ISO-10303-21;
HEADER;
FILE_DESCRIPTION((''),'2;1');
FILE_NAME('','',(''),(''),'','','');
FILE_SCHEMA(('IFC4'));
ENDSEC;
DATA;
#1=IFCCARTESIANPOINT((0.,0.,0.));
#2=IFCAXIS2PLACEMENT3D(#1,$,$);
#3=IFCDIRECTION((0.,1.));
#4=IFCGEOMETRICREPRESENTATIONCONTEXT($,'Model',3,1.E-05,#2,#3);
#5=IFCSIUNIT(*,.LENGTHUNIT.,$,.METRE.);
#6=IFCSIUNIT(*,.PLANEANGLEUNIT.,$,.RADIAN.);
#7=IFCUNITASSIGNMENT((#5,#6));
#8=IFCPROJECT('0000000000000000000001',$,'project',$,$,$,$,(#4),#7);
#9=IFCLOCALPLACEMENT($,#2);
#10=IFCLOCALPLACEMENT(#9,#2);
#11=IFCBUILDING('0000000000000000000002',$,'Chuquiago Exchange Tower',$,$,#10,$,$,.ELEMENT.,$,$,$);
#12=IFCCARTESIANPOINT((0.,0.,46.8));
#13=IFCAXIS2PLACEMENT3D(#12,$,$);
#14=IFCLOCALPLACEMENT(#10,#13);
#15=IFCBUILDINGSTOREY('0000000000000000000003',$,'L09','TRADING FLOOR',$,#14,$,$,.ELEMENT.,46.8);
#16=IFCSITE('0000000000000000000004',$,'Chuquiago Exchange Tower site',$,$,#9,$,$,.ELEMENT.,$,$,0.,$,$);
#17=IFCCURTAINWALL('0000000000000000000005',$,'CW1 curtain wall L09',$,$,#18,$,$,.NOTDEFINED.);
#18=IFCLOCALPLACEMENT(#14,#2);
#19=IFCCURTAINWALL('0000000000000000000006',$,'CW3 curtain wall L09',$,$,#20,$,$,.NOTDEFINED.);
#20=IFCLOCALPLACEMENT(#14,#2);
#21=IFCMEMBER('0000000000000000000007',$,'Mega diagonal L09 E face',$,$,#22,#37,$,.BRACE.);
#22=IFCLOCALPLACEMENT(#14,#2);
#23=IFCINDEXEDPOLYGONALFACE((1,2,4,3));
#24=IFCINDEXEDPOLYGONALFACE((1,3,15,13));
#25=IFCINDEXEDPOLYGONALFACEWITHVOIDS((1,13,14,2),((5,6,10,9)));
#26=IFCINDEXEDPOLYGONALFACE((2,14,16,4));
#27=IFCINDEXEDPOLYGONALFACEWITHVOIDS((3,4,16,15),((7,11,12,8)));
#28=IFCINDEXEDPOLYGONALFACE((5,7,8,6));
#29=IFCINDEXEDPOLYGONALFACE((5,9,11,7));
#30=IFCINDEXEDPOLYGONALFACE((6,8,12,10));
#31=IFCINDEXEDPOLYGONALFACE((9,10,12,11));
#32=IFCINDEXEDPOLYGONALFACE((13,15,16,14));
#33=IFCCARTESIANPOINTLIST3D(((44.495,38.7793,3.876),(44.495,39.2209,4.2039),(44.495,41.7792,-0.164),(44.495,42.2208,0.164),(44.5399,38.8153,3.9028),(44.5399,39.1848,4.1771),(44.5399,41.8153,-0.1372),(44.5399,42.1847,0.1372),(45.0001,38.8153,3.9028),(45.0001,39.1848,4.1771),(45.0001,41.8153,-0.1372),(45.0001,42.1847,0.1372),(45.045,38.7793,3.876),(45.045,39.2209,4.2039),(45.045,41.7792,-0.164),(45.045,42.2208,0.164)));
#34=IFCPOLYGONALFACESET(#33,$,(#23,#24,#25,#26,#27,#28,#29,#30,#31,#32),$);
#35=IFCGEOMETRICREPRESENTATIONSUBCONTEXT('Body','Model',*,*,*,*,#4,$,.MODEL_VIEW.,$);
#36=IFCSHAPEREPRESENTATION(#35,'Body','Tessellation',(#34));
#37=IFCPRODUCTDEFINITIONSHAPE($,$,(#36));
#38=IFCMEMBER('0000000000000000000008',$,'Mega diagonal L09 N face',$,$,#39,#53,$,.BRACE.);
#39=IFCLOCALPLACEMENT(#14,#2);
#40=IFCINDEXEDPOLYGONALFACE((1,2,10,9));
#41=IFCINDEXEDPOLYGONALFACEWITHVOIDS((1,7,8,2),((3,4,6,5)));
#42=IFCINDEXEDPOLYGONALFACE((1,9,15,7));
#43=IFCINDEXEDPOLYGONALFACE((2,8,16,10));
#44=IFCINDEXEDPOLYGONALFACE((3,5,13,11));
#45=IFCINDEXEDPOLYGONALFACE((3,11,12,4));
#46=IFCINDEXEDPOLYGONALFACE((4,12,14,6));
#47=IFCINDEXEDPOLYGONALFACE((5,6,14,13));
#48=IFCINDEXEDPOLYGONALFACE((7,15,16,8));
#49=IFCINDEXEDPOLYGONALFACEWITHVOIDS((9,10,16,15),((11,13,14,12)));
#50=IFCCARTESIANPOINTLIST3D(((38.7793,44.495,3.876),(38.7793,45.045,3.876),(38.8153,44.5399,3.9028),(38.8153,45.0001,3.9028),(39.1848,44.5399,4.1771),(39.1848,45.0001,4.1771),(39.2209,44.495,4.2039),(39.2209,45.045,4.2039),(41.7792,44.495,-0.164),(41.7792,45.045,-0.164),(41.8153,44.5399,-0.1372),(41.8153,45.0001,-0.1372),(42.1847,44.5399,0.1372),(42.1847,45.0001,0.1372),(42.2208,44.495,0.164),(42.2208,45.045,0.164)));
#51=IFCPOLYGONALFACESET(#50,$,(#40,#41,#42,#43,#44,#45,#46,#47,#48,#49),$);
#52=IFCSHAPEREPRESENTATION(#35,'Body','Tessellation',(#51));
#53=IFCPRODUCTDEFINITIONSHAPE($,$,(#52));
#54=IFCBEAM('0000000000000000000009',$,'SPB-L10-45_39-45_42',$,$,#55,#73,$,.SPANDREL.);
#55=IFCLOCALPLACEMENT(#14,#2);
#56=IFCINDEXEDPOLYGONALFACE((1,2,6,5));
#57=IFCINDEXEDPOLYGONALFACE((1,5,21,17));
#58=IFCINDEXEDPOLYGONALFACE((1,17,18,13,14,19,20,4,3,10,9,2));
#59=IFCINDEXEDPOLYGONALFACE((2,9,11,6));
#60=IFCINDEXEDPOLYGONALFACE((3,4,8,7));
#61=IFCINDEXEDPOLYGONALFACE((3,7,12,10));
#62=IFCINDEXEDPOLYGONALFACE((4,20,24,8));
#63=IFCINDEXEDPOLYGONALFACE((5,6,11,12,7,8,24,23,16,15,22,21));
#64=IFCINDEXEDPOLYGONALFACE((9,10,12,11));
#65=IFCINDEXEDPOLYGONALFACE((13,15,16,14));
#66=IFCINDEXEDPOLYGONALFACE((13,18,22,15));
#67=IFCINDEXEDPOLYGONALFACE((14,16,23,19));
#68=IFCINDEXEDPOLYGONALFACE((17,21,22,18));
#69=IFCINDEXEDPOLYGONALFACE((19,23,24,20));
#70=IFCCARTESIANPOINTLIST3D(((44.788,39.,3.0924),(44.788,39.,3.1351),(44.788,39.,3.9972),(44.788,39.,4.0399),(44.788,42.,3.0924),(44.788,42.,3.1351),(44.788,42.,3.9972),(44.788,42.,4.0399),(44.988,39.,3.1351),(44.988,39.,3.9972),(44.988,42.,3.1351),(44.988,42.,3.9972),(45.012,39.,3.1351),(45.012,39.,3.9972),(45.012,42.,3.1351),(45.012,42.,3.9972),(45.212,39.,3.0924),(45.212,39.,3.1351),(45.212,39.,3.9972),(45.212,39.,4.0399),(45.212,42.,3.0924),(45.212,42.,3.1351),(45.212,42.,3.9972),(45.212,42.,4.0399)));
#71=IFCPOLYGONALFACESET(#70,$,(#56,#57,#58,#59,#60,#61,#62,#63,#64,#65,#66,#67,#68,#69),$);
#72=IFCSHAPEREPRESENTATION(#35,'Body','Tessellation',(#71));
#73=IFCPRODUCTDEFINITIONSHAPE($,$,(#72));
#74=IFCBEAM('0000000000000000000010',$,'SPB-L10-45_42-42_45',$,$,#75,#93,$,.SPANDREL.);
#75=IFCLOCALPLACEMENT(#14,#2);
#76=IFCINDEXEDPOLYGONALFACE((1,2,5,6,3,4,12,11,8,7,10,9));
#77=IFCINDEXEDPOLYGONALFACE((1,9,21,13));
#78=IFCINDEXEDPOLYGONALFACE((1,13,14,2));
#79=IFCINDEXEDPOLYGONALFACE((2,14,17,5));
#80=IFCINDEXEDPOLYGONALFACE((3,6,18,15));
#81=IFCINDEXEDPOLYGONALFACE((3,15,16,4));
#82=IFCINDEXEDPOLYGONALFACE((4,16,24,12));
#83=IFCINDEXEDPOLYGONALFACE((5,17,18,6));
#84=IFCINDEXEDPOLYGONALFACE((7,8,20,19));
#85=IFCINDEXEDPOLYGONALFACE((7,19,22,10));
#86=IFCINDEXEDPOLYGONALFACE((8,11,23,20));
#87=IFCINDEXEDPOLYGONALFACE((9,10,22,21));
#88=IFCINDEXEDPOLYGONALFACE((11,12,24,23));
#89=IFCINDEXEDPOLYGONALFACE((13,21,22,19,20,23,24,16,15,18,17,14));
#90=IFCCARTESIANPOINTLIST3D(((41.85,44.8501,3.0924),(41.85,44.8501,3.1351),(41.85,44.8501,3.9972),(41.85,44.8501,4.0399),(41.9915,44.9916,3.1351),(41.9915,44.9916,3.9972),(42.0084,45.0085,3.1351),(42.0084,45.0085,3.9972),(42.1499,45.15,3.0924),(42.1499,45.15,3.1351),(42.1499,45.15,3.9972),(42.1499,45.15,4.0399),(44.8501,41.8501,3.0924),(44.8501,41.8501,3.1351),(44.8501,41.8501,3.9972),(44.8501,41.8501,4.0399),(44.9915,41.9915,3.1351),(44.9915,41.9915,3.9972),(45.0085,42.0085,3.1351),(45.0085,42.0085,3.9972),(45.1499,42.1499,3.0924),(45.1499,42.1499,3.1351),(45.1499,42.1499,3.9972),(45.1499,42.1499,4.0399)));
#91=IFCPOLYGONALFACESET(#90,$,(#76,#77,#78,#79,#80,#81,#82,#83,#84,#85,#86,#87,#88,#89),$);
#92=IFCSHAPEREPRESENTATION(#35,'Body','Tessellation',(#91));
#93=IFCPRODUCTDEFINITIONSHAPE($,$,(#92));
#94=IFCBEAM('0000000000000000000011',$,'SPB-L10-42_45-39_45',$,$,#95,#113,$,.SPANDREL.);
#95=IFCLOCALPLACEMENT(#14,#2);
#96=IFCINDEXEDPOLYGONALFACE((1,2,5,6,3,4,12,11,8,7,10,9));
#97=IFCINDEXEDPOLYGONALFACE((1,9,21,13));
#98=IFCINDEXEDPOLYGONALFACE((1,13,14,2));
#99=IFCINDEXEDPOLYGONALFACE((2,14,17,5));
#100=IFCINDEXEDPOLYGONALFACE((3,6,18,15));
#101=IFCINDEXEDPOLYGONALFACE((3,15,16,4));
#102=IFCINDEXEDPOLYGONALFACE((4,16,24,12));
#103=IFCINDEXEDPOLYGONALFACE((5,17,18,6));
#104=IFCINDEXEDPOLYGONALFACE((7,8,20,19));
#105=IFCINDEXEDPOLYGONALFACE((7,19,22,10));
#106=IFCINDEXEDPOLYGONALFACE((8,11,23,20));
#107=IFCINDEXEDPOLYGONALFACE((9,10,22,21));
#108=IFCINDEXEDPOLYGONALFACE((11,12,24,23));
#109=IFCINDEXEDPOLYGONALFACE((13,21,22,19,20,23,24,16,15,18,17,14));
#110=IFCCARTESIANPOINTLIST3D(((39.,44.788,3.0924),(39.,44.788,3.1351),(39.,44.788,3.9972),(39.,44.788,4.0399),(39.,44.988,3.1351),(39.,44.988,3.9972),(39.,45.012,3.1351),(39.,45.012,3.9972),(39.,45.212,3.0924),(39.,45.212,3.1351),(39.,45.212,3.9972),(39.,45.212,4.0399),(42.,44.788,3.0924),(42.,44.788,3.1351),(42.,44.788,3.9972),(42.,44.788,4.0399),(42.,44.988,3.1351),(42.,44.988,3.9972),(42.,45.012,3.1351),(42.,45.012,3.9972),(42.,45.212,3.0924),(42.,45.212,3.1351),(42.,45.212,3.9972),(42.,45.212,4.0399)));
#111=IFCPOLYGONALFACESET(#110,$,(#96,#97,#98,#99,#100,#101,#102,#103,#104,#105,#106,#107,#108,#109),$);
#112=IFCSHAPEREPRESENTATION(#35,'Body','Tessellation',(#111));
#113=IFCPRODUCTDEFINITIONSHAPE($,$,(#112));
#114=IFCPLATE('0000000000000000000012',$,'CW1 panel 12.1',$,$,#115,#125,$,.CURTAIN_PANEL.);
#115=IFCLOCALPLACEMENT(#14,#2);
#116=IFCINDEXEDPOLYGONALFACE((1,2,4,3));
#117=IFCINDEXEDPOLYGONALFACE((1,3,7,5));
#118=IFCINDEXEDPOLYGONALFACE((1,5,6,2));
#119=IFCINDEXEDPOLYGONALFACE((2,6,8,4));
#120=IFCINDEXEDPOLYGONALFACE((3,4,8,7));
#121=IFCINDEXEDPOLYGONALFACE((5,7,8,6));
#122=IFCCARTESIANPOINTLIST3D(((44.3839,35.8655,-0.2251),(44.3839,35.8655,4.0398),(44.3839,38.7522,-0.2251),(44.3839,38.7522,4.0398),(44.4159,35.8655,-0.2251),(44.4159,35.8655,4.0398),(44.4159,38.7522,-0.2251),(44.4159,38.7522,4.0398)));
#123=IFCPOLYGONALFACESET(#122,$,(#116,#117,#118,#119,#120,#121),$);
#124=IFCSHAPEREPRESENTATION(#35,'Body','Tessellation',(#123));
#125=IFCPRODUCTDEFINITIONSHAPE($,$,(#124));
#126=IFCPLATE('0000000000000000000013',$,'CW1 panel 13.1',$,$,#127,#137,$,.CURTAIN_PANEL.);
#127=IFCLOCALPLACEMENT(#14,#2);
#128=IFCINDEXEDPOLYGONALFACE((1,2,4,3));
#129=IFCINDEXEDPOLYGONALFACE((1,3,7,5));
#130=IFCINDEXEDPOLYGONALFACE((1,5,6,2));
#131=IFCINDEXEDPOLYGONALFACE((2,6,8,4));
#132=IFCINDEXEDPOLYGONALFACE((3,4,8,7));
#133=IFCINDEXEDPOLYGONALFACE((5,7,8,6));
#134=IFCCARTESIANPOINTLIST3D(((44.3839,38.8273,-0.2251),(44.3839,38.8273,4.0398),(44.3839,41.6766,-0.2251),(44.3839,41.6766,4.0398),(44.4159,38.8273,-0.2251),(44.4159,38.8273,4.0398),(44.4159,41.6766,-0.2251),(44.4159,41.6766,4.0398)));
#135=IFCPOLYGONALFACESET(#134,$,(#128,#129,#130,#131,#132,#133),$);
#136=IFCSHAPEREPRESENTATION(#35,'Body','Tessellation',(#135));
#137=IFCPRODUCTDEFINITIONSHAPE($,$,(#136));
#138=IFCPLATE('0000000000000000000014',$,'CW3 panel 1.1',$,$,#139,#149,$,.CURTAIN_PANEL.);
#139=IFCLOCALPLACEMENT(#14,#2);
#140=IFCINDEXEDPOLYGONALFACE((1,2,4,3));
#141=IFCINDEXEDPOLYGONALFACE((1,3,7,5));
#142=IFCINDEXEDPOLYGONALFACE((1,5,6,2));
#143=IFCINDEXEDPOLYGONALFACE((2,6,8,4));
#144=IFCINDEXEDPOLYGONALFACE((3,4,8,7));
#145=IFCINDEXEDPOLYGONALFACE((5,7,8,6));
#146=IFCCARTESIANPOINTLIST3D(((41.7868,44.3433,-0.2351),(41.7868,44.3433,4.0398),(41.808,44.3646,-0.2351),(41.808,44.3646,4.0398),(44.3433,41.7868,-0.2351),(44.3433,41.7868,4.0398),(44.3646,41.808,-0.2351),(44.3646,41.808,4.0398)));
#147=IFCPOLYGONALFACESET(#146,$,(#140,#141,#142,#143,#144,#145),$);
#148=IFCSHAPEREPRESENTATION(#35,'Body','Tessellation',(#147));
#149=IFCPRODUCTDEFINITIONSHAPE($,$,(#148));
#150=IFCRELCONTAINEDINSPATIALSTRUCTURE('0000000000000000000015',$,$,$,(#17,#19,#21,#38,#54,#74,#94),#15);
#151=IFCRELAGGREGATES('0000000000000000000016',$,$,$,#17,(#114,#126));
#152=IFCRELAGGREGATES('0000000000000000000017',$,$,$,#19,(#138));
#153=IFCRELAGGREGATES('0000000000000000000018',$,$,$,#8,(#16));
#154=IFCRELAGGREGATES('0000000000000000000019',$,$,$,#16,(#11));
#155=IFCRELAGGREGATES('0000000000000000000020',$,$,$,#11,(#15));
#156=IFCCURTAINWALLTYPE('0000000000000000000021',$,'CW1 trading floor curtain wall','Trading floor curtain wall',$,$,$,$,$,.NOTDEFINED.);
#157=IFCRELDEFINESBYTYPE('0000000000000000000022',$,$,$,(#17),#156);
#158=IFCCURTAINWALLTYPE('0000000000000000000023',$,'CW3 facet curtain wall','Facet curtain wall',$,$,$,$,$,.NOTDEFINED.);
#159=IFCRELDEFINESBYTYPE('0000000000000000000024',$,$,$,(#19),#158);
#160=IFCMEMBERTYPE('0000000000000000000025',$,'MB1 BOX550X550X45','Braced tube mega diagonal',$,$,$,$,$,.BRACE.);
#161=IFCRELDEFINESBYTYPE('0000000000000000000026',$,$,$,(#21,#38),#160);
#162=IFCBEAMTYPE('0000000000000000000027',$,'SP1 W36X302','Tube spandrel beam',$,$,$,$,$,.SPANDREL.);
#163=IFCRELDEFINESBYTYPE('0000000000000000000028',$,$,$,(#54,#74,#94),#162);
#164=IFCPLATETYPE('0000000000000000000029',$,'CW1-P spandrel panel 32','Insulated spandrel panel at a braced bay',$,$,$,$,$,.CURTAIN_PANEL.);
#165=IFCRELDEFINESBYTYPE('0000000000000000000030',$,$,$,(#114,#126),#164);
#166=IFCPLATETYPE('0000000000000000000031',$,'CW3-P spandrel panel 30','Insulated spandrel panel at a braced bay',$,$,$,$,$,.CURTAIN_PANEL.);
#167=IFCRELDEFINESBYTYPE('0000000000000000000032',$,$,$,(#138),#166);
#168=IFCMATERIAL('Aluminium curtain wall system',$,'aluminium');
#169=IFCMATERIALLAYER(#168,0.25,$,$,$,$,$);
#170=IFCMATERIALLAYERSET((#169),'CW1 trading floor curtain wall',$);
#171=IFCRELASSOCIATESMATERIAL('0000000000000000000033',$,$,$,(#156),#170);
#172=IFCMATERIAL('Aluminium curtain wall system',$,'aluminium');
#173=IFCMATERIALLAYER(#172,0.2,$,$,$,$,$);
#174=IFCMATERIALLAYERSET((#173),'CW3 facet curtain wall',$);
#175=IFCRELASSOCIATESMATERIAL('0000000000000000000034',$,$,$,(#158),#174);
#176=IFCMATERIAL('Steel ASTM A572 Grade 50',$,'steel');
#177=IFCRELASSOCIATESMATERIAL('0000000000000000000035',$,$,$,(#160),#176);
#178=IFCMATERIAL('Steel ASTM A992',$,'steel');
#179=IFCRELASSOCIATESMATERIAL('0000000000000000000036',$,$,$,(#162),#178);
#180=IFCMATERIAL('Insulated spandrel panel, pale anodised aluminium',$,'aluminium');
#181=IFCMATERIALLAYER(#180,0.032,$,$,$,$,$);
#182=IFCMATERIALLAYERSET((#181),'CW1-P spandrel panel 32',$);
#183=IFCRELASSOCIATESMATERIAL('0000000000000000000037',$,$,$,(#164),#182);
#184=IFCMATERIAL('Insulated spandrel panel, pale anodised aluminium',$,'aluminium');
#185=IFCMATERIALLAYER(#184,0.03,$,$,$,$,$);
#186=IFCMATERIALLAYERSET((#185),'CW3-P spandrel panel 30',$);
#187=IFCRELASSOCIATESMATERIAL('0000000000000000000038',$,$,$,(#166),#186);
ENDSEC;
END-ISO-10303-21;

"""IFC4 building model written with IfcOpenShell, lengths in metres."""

from ifc_helpers import new_model, si_unit, direction, frame, origin, origin_2d, place, context, subcontext, project, spatial, rectangle, hollow_rectangle, i_section, extrude, material, layer, layer_set, material_profile, profile_set, type_object, element, aggregate, save


model = new_model("IFC4")

# Units and contexts
model_context = context("Model", 3, precision=1e-05, world=origin(), true_north=direction((0.0, 1.0)))
body_context = subcontext(model_context, "Body", "Model", "MODEL_VIEW")
ifc_project = project(units=[si_unit("LENGTHUNIT", "METRE"), si_unit("PLANEANGLEUNIT", "RADIAN")], contexts=[model_context])

# Site, building, storey
site_placement = place(None, origin())
site = spatial("IfcSite", under=ifc_project, at=site_placement, Name="Chuquiago Exchange Tower site", CompositionType="ELEMENT", RefElevation=0.0)
building_placement = place(site_placement, origin())
building = spatial("IfcBuilding", under=site, at=building_placement, Name="Chuquiago Exchange Tower", CompositionType="ELEMENT")
storey_placement = place(building_placement, frame((0.0, 0.0, 46.8)))
storey = spatial("IfcBuildingStorey", under=building, at=storey_placement, Name="L09", Description="TRADING FLOOR", CompositionType="ELEMENT", Elevation=46.8)

# Curtain wall
ifc_material_1 = material(Name="Aluminium curtain wall system", Category="aluminium")
ifc_layer_1 = layer(ifc_material_1, 0.25)
ifc_layer_set_1 = layer_set([ifc_layer_1], Name="CW1 trading floor curtain wall")
curtain_wall_type_1 = type_object("IfcCurtainWallType", Name="CW1 trading floor curtain wall", Description="Trading floor curtain wall", PredefinedType="NOTDEFINED", material=ifc_layer_set_1)
curtain_wall_1_placement = place(storey_placement, origin())
curtain_wall_1 = element("IfcCurtainWall", 1, at=curtain_wall_1_placement, inside=storey, type_object=curtain_wall_type_1, Name="CW1 curtain wall L09", PredefinedType="NOTDEFINED")

# Curtain wall
ifc_material_2 = material(Name="Aluminium curtain wall system", Category="aluminium")
ifc_layer_2 = layer(ifc_material_2, 0.2)
ifc_layer_set_2 = layer_set([ifc_layer_2], Name="CW3 facet curtain wall")
curtain_wall_type_2 = type_object("IfcCurtainWallType", Name="CW3 facet curtain wall", Description="Facet curtain wall", PredefinedType="NOTDEFINED", material=ifc_layer_set_2)
curtain_wall_2_placement = place(storey_placement, origin())
curtain_wall_2 = element("IfcCurtainWall", 2, at=curtain_wall_2_placement, inside=storey, type_object=curtain_wall_type_2, Name="CW3 curtain wall L09", PredefinedType="NOTDEFINED")

# Members
ifc_material_3 = material(Name="Steel ASTM A572 Grade 50", Category="steel")
ifc_material_profile_1 = material_profile(ifc_material_3, hollow_rectangle(XDim=0.55, YDim=0.55, WallThickness=0.0449, at=origin_2d()), Name="BOX550X550X45")
ifc_profile_set_1 = profile_set([ifc_material_profile_1], Name="Steel ASTM A572 Grade 50")
member_type_1 = type_object("IfcMemberType", Name="MB1 BOX550X550X45", Description="Braced tube mega diagonal", PredefinedType="BRACE", material=ifc_profile_set_1)
for number, where, z_axis, x_axis, name in (
    (3, (44.77, 42.0, 0.0), (0.0, -0.596174, 0.802855), (1.0, 0.0, 0.0), "Mega diagonal L09 E face"),
    (4, (42.0, 44.77, 0.0), (-0.596174, 0.0, 0.802855), (0.0, -1.0, 0.0), "Mega diagonal L09 N face"),
):
    element("IfcMember", number, at=place(storey_placement, frame(where, z_axis=z_axis, x_axis=x_axis)), inside=storey, type_object=member_type_1, Name=name, PredefinedType="BRACE", context=body_context, shape_type="SweptSolid", body=[
        extrude(hollow_rectangle(XDim=0.55, YDim=0.55, WallThickness=0.0449, at=origin_2d()), origin(), (0.0, 0.0, 1.0), 5.032),
    ])

# Beams
ifc_material_4 = material(Name="Steel ASTM A992", Category="steel")
ifc_material_profile_2 = material_profile(ifc_material_4, i_section(OverallWidth=0.4241, OverallDepth=0.9475, WebThickness=0.0239, FlangeThickness=0.0427, at=origin_2d()), Name="W36X302")
ifc_profile_set_2 = profile_set([ifc_material_profile_2], Name="Steel ASTM A992")
beam_type = type_object("IfcBeamType", Name="SP1 W36X302", Description="Tube spandrel beam", PredefinedType="SPANDREL", material=ifc_profile_set_2)
beam_1_placement = place(storey_placement, frame((45.0, 39.0, 3.5662), z_axis=(0.0, 1.0, 0.0), x_axis=(-1.0, 0.0, 0.0)))
element("IfcBeam", 5, at=beam_1_placement, inside=storey, type_object=beam_type, Name="SPB-L10-45_39-45_42", PredefinedType="SPANDREL", context=body_context, shape_type="SweptSolid", body=[
    extrude(i_section(OverallWidth=0.4241, OverallDepth=0.9475, WebThickness=0.0239, FlangeThickness=0.0427, at=origin_2d()), origin(), (0.0, 0.0, 1.0), 3.0),
])
beam_2_placement = place(storey_placement, frame((45.0, 42.0, 3.5662), z_axis=(-0.707107, 0.707107, 0.0), x_axis=(-0.707107, -0.707107, 0.0)))
element("IfcBeam", 6, at=beam_2_placement, inside=storey, type_object=beam_type, Name="SPB-L10-45_42-42_45", PredefinedType="SPANDREL", context=body_context, shape_type="SweptSolid", body=[
    extrude(i_section(OverallWidth=0.4241, OverallDepth=0.9475, WebThickness=0.0239, FlangeThickness=0.0427, at=origin_2d()), origin(), (0.0, 0.0, 1.0), 4.2427),
])
beam_3_placement = place(storey_placement, frame((42.0, 45.0, 3.5662), z_axis=(-1.0, 0.0, 0.0), x_axis=(0.0, -1.0, 0.0)))
element("IfcBeam", 7, at=beam_3_placement, inside=storey, type_object=beam_type, Name="SPB-L10-42_45-39_45", PredefinedType="SPANDREL", context=body_context, shape_type="SweptSolid", body=[
    extrude(i_section(OverallWidth=0.4241, OverallDepth=0.9475, WebThickness=0.0239, FlangeThickness=0.0427, at=origin_2d()), origin(), (0.0, 0.0, 1.0), 3.0),
])

# Plates
ifc_material_5 = material(Name="Insulated spandrel panel, pale anodised aluminium", Category="aluminium")
ifc_layer_3 = layer(ifc_material_5, 0.032)
ifc_layer_set_3 = layer_set([ifc_layer_3], Name="CW1-P spandrel panel 32")
plate_type_1 = type_object("IfcPlateType", Name="CW1-P spandrel panel 32", Description="Insulated spandrel panel at a braced bay", PredefinedType="CURTAIN_PANEL", material=ifc_layer_set_3)
plate_1_placement = place(storey_placement, frame((44.3999, 37.3088, -0.2251), z_axis=(0.0, 0.0, 1.0), x_axis=(0.0, 1.0, 0.0)))
plate_1 = element("IfcPlate", 8, at=plate_1_placement, type_object=plate_type_1, Name="CW1 panel 12.1", PredefinedType="CURTAIN_PANEL", context=body_context, shape_type="SweptSolid", body=[
    extrude(rectangle(XDim=2.8867, YDim=0.032, at=origin_2d()), origin(), (0.0, 0.0, 1.0), 4.2649),
])
plate_2_placement = place(storey_placement, frame((44.3999, 40.252, -0.2251), z_axis=(0.0, 0.0, 1.0), x_axis=(0.0, 1.0, 0.0)))
plate_2 = element("IfcPlate", 9, at=plate_2_placement, type_object=plate_type_1, Name="CW1 panel 13.1", PredefinedType="CURTAIN_PANEL", context=body_context, shape_type="SweptSolid", body=[
    extrude(rectangle(XDim=2.8494, YDim=0.032, at=origin_2d()), origin(), (0.0, 0.0, 1.0), 4.2649),
])
aggregate(curtain_wall_1, [plate_1, plate_2])
ifc_material_6 = material(Name="Insulated spandrel panel, pale anodised aluminium", Category="aluminium")
ifc_layer_4 = layer(ifc_material_6, 0.03)
ifc_layer_set_4 = layer_set([ifc_layer_4], Name="CW3-P spandrel panel 30")
plate_type_2 = type_object("IfcPlateType", Name="CW3-P spandrel panel 30", Description="Insulated spandrel panel at a braced bay", PredefinedType="CURTAIN_PANEL", material=ifc_layer_set_4)
plate_3_placement = place(storey_placement, frame((43.0757, 43.0757, -0.2351), z_axis=(0.0, 0.0, 1.0), x_axis=(-0.707107, 0.707107, 0.0)))
plate_3 = element("IfcPlate", 10, at=plate_3_placement, type_object=plate_type_2, Name="CW3 panel 1.1", PredefinedType="CURTAIN_PANEL", context=body_context, shape_type="SweptSolid", body=[
    extrude(rectangle(XDim=3.6155, YDim=0.03, at=origin_2d()), origin(), (0.0, 0.0, 1.0), 4.2749),
])
aggregate(curtain_wall_2, [plate_3])

save(model, "model.ifc")
